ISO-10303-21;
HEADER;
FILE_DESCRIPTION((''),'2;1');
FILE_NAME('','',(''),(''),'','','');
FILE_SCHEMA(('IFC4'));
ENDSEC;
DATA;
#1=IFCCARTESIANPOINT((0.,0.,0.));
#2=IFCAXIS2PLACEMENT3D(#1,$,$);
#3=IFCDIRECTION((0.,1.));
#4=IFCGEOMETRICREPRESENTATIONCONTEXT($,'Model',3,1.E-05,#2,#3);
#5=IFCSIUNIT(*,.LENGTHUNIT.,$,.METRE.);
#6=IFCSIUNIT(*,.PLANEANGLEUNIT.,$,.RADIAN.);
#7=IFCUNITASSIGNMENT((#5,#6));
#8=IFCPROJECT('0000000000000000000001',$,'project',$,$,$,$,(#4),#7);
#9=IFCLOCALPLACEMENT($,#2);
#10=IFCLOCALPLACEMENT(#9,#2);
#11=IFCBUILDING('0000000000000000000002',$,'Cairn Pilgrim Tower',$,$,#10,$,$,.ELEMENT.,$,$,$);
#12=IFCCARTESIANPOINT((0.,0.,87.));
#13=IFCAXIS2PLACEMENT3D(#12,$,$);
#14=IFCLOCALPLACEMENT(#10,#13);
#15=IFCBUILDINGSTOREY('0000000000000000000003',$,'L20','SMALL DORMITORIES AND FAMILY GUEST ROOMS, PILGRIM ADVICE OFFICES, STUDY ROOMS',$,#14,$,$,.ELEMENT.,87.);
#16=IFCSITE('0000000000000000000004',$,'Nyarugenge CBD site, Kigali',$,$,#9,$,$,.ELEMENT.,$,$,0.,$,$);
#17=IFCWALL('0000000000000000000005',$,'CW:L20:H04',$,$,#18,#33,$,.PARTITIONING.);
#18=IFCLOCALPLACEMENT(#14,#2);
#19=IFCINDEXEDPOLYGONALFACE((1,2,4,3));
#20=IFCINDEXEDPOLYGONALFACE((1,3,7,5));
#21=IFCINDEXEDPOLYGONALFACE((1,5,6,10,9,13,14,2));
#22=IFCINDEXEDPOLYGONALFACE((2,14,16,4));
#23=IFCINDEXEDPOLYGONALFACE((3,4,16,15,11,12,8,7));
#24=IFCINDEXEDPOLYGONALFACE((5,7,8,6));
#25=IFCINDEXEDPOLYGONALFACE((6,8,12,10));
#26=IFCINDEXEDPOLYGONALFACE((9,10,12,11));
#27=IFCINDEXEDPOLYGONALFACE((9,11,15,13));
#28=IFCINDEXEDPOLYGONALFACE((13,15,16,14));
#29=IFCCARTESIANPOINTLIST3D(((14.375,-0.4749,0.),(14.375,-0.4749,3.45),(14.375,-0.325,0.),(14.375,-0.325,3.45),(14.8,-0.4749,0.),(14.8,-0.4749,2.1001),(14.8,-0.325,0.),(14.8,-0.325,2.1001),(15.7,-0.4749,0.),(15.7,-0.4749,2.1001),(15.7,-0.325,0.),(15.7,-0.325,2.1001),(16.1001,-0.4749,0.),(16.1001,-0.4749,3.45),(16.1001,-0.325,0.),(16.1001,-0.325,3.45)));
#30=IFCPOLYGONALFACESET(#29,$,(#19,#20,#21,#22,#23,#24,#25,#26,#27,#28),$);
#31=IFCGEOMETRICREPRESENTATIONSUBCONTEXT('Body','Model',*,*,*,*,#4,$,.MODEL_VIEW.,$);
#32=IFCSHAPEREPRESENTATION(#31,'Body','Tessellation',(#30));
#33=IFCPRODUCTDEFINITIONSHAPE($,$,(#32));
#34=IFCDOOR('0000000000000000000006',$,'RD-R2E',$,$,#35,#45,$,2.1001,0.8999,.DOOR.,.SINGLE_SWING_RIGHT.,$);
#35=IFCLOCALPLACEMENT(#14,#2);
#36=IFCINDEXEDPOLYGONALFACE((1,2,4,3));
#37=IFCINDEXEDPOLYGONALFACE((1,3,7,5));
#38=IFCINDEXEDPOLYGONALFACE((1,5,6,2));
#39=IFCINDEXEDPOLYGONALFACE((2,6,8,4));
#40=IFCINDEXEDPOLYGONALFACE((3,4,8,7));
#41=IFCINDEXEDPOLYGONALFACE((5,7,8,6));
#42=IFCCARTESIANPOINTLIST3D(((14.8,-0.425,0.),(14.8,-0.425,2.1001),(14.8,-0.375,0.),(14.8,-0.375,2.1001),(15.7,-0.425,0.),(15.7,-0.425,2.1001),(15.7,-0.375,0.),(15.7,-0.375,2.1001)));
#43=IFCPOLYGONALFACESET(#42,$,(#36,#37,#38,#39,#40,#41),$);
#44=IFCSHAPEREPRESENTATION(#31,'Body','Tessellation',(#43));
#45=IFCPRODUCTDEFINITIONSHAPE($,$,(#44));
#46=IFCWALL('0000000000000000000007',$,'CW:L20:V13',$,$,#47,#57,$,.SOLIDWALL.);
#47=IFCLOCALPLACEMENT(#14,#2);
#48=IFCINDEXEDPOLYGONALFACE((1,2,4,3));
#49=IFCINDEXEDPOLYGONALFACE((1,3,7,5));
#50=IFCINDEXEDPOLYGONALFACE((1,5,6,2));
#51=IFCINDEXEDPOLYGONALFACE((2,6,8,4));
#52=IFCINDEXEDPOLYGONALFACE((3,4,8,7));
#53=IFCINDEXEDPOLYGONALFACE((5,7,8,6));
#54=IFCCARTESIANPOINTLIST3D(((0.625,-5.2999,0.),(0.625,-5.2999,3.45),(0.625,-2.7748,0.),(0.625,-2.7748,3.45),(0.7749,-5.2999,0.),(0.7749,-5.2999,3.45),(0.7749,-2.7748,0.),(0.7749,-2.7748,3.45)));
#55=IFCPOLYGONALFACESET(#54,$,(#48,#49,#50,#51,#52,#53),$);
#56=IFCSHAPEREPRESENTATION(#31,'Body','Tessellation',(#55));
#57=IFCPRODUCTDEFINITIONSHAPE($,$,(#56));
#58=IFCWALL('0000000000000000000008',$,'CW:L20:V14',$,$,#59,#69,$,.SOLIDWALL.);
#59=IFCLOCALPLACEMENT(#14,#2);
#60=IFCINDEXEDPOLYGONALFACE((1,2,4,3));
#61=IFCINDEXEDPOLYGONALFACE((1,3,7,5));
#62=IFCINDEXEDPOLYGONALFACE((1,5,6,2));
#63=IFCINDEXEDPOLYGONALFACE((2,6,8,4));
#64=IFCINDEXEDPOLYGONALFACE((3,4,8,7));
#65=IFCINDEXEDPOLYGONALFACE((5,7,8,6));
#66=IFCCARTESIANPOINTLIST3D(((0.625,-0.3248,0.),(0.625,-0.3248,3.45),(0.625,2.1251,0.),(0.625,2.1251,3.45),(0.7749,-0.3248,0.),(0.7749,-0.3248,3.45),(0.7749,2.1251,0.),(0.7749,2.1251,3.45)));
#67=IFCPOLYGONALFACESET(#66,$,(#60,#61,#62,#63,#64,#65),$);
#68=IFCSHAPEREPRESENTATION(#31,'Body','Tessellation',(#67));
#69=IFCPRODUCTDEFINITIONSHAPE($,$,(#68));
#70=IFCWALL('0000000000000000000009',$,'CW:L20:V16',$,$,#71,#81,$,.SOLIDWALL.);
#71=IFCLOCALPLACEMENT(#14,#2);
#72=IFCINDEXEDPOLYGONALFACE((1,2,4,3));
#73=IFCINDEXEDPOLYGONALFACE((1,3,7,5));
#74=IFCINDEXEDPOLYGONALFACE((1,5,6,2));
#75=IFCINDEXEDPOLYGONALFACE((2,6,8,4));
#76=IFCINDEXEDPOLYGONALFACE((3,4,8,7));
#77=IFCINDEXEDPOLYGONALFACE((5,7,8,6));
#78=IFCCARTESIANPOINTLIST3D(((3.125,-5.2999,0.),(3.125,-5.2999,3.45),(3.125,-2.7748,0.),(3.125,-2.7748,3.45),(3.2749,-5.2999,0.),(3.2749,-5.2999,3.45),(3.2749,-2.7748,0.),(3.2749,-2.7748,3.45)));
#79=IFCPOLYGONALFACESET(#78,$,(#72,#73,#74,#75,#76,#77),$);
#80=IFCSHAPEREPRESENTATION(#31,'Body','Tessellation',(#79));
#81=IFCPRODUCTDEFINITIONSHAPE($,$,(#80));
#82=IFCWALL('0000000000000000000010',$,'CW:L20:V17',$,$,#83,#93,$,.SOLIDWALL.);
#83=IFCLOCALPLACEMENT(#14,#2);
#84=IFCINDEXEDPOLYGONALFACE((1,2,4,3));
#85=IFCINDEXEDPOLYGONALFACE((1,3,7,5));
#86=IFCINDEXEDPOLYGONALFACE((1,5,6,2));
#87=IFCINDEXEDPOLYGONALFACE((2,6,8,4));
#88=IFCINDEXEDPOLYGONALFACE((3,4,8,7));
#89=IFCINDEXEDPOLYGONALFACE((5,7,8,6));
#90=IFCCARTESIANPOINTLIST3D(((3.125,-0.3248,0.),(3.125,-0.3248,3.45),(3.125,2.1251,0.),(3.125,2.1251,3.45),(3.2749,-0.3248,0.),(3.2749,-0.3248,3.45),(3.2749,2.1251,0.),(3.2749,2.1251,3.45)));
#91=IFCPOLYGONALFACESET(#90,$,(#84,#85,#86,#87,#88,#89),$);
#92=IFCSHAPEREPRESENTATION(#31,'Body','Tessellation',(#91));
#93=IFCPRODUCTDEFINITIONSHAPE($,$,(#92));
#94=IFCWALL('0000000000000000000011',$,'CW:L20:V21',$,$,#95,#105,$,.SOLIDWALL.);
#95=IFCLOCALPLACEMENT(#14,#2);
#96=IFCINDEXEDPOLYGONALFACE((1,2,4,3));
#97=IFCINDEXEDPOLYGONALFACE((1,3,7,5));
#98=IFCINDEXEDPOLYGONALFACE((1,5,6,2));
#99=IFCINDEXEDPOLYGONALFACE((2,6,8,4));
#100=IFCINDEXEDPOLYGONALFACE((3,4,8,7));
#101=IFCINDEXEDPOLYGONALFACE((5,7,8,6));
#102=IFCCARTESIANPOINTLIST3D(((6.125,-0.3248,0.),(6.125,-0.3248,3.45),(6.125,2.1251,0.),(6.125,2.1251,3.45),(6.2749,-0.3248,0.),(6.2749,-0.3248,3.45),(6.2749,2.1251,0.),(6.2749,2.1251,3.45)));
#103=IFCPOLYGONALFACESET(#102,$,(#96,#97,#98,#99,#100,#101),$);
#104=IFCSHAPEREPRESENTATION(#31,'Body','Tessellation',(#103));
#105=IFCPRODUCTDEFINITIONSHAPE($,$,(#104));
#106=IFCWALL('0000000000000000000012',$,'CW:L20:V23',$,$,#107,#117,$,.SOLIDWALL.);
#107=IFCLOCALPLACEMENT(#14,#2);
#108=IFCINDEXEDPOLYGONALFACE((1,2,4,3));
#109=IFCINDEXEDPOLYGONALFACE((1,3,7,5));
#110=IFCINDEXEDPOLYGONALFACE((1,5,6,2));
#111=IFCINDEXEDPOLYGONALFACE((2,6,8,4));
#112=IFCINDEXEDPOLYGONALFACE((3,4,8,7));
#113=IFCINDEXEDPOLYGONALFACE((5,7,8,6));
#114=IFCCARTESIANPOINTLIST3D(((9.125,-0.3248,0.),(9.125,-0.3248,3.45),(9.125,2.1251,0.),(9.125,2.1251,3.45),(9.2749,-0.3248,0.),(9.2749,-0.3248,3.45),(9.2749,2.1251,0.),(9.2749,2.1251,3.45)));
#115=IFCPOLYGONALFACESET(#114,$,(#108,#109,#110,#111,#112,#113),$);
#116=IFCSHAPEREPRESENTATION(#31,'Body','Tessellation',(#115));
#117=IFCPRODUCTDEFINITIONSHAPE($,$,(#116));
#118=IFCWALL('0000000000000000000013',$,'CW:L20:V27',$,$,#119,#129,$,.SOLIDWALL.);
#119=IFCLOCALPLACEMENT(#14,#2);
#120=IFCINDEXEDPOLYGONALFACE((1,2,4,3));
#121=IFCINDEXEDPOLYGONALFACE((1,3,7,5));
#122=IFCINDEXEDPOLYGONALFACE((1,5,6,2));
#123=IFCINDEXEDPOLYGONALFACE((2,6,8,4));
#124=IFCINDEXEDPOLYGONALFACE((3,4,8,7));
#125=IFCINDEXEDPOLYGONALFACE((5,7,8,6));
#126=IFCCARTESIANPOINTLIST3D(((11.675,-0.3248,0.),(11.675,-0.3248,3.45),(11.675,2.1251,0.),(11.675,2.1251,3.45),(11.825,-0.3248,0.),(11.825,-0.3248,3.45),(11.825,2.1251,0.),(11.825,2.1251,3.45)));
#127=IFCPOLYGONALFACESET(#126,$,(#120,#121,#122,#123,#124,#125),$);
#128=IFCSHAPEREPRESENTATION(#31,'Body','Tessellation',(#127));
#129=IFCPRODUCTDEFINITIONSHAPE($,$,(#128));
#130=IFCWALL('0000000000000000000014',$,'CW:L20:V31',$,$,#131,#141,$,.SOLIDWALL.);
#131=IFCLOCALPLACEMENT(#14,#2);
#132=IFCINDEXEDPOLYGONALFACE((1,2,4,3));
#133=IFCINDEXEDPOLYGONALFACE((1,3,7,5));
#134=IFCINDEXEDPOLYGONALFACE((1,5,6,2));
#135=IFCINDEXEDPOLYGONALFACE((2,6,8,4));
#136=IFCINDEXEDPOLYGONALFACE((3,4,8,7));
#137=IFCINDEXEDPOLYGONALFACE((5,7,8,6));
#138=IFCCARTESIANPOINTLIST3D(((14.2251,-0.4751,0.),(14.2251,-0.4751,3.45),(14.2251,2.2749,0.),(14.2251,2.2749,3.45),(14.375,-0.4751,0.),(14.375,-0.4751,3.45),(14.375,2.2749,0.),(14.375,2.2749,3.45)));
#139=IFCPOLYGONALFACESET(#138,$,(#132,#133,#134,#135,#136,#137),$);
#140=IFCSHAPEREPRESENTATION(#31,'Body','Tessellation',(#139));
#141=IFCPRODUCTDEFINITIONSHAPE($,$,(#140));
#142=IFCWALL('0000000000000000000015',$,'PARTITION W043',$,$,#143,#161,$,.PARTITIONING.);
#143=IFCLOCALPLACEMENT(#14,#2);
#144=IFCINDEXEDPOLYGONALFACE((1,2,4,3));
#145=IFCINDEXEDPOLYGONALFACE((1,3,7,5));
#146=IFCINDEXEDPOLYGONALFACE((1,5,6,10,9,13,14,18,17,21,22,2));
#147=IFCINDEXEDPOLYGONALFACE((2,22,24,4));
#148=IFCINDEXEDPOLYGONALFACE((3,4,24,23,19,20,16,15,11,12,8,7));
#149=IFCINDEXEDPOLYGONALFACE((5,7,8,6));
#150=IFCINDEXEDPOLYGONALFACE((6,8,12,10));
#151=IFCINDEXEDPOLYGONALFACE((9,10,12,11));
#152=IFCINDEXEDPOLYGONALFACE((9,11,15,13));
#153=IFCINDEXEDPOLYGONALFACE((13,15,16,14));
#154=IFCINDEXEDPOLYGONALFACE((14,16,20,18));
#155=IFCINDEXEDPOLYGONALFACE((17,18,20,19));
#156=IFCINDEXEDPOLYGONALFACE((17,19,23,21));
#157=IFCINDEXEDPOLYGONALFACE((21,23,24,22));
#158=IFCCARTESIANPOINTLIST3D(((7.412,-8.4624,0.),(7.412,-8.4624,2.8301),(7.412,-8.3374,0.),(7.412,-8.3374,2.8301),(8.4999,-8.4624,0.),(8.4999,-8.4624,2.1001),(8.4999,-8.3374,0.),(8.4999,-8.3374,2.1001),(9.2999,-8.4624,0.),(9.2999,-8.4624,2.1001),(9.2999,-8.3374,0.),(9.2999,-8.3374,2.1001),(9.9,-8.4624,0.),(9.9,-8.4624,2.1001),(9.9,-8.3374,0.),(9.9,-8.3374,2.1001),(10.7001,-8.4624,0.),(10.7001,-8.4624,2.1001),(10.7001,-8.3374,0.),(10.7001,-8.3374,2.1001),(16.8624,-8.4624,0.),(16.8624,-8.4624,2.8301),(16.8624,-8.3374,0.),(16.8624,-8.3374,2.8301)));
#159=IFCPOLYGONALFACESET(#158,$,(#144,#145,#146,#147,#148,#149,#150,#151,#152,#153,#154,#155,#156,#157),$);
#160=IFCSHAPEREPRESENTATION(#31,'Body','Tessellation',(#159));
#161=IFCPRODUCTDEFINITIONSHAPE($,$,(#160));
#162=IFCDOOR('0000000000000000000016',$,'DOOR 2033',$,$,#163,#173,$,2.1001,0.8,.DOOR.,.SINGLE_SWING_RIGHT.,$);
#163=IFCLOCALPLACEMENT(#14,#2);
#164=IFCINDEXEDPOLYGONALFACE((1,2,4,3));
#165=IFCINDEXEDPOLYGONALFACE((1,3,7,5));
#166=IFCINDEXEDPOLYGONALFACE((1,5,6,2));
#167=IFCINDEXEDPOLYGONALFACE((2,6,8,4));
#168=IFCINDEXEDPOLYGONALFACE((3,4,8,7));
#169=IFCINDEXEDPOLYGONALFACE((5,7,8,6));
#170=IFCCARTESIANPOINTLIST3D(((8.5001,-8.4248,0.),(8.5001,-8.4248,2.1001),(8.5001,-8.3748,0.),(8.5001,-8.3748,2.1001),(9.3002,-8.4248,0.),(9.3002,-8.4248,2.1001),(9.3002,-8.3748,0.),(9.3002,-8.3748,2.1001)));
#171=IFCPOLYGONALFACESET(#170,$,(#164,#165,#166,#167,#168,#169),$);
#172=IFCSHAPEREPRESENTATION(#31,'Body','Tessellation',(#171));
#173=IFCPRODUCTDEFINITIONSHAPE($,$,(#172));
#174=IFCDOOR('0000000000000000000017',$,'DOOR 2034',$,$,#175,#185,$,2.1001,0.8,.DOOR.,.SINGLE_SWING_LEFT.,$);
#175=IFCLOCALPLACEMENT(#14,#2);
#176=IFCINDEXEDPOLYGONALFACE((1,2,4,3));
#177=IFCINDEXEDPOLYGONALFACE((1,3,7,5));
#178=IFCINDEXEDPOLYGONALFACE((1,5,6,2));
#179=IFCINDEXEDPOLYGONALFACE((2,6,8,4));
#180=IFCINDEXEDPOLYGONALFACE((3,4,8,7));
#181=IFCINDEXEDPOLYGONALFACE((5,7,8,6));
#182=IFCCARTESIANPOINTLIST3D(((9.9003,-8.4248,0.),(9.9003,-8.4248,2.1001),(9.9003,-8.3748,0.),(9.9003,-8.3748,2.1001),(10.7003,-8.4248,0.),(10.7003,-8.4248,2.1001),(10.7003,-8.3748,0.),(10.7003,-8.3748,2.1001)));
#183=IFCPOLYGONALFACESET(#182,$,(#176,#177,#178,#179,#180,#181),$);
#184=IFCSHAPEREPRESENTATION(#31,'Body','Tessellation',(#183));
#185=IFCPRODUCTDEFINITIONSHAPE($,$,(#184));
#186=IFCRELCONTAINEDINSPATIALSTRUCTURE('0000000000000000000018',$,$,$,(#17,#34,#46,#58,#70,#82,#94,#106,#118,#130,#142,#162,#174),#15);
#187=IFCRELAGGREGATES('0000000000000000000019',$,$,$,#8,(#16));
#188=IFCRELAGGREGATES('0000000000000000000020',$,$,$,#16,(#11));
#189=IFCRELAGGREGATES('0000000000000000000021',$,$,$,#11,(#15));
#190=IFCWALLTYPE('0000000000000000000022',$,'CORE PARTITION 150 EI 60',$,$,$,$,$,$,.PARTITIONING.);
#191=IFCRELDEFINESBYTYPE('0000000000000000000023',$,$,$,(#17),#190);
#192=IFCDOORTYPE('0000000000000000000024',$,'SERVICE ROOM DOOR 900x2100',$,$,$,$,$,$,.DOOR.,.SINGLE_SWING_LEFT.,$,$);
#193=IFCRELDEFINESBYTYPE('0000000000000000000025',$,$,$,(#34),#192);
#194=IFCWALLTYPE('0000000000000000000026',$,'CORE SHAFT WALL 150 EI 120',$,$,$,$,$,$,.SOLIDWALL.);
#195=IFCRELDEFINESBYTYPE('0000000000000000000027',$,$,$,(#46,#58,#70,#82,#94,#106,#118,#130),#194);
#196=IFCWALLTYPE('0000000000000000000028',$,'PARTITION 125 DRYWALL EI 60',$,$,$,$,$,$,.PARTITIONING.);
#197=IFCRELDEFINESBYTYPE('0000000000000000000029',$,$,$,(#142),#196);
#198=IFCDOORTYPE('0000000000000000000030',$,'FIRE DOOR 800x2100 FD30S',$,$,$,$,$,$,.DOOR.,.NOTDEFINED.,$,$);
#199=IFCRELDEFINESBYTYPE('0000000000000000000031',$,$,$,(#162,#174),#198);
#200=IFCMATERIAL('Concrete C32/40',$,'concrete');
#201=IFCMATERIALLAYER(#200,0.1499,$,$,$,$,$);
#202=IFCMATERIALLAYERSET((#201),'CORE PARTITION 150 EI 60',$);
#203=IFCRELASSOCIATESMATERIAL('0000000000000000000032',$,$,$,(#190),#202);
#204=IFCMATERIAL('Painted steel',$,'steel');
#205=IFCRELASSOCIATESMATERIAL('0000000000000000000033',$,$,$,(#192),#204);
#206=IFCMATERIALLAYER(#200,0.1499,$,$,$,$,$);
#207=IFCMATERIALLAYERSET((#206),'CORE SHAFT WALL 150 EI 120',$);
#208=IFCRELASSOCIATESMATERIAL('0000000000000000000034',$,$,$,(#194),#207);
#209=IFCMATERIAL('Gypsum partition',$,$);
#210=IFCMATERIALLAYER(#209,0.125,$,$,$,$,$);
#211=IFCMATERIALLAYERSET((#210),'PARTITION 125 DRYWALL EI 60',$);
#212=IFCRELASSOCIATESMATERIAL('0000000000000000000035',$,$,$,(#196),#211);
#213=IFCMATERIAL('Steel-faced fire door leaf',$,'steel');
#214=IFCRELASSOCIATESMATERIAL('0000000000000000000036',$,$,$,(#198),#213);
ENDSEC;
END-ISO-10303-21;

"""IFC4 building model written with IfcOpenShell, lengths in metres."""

from ifc_helpers import new_model, si_unit, direction, frame, frame_2d, origin, place, context, subcontext, project, spatial, rectangle, extrude, material, layer, layer_set, type_object, element, fill, save


model = new_model("IFC4")

# Units and contexts
model_context = context("Model", 3, precision=1e-05, world=origin(), true_north=direction((0.0, 1.0)))
body_context = subcontext(model_context, "Body", "Model", "MODEL_VIEW")
ifc_project = project(units=[si_unit("LENGTHUNIT", "METRE"), si_unit("PLANEANGLEUNIT", "RADIAN")], contexts=[model_context])

# Site, building, storey
site_placement = place(None, origin())
site = spatial("IfcSite", under=ifc_project, at=site_placement, Name="Nyarugenge CBD site, Kigali", CompositionType="ELEMENT", RefElevation=0.0)
building_placement = place(site_placement, origin())
building = spatial("IfcBuilding", under=site, at=building_placement, Name="Cairn Pilgrim Tower", CompositionType="ELEMENT")
storey_placement = place(building_placement, frame((0.0, 0.0, 87.0)))
storey = spatial("IfcBuildingStorey", under=building, at=storey_placement, Name="L20", Description="SMALL DORMITORIES AND FAMILY GUEST ROOMS, PILGRIM ADVICE OFFICES, STUDY ROOMS", CompositionType="ELEMENT", Elevation=87.0)

# Shared definitions
ifc_material_1 = material(Name="Concrete C32/40", Category="concrete")

# Wall, opening, door
ifc_layer_1 = layer(ifc_material_1, 0.1499)
ifc_layer_set_1 = layer_set([ifc_layer_1], Name="CORE PARTITION 150 EI 60")
wall_type_1 = type_object("IfcWallType", Name="CORE PARTITION 150 EI 60", PredefinedType="PARTITIONING", material=ifc_layer_set_1)
wall_1_placement = place(storey_placement, frame((14.375, -0.3999, 0.0), z_axis=(0.0, 0.0, 1.0), x_axis=(1.0, 0.0, 0.0)))
wall_1 = element("IfcWall", 1, at=wall_1_placement, inside=storey, type_object=wall_type_1, Name="CW:L20:H04", PredefinedType="PARTITIONING", context=body_context, shape_type="SweptSolid", body=[
    extrude(rectangle(XDim=1.7251, YDim=0.1499, at=frame_2d((0.8625, 0.0))), origin(), (0.0, 0.0, 1.0), 3.45),
])
opening_1_placement = place(wall_1_placement, frame((0.425, 0.0, 0.0)))
opening_1 = element("IfcOpeningElement", 2, at=opening_1_placement, cuts=wall_1, PredefinedType="OPENING", context=body_context, shape_type="SweptSolid", body=[
    extrude(rectangle(XDim=0.8999, YDim=2.1001, at=frame_2d((0.45, 1.05))), frame((0.0, 0.085, 0.0), z_axis=(0.0, -1.0, 0.0), x_axis=(1.0, 0.0, 0.0)), (0.0, 0.0, 1.0), 0.1699),
])
ifc_material_2 = material(Name="Painted steel", Category="steel")
door_type_1 = type_object("IfcDoorType", Name="SERVICE ROOM DOOR 900x2100", OperationType="SINGLE_SWING_LEFT", PredefinedType="DOOR", material=ifc_material_2)
door_1_placement = place(opening_1_placement, origin())
door_1 = element("IfcDoor", 3, at=door_1_placement, inside=storey, type_object=door_type_1, Name="RD-R2E", OperationType="SINGLE_SWING_RIGHT", OverallHeight=2.1001, OverallWidth=0.8999, PredefinedType="DOOR", context=body_context, shape_type="SweptSolid", body=[
    extrude(rectangle(XDim=0.8999, YDim=2.1001, at=frame_2d((0.45, 1.05))), frame((0.0, 0.0249, 0.0), z_axis=(0.0, -1.0, 0.0), x_axis=(1.0, 0.0, 0.0)), (0.0, 0.0, 1.0), 0.05),
])
fill(opening_1, door_1)

# Walls
ifc_layer_2 = layer(ifc_material_1, 0.1499)
ifc_layer_set_2 = layer_set([ifc_layer_2], Name="CORE SHAFT WALL 150 EI 120")
wall_type_2 = type_object("IfcWallType", Name="CORE SHAFT WALL 150 EI 120", PredefinedType="SOLIDWALL", material=ifc_layer_set_2)
wall_2_placement = place(storey_placement, frame((0.7, -5.3, 0.0), z_axis=(0.0, 0.0, 1.0), x_axis=(0.0, 1.0, 0.0)))
element("IfcWall", 4, at=wall_2_placement, inside=storey, type_object=wall_type_2, Name="CW:L20:V13", PredefinedType="SOLIDWALL", context=body_context, shape_type="SweptSolid", body=[
    extrude(rectangle(XDim=2.5251, YDim=0.1499, at=frame_2d((1.2627, 0.0))), origin(), (0.0, 0.0, 1.0), 3.45),
])
wall_3_placement = place(storey_placement, frame((0.7, -0.325, 0.0), z_axis=(0.0, 0.0, 1.0), x_axis=(0.0, 1.0, 0.0)))
element("IfcWall", 5, at=wall_3_placement, inside=storey, type_object=wall_type_2, Name="CW:L20:V14", PredefinedType="SOLIDWALL", context=body_context, shape_type="SweptSolid", body=[
    extrude(rectangle(XDim=2.45, YDim=0.1499, at=frame_2d((1.2251, 0.0))), origin(), (0.0, 0.0, 1.0), 3.45),
])
wall_4_placement = place(storey_placement, frame((3.2, -5.3, 0.0), z_axis=(0.0, 0.0, 1.0), x_axis=(0.0, 1.0, 0.0)))
element("IfcWall", 6, at=wall_4_placement, inside=storey, type_object=wall_type_2, Name="CW:L20:V16", PredefinedType="SOLIDWALL", context=body_context, shape_type="SweptSolid", body=[
    extrude(rectangle(XDim=2.5251, YDim=0.1499, at=frame_2d((1.2627, 0.0))), origin(), (0.0, 0.0, 1.0), 3.45),
])
for number, where, z_axis, x_axis, name in (
    (7, (3.2, -0.325, 0.0), (0.0, 0.0, 1.0), (0.0, 1.0, 0.0), "CW:L20:V17"),
    (8, (6.2, -0.325, 0.0), (0.0, 0.0, 1.0), (0.0, 1.0, 0.0), "CW:L20:V21"),
    (9, (9.2, -0.325, 0.0), (0.0, 0.0, 1.0), (0.0, 1.0, 0.0), "CW:L20:V23"),
    (10, (11.75, -0.325, 0.0), (0.0, 0.0, 1.0), (0.0, 1.0, 0.0), "CW:L20:V27"),
):
    element("IfcWall", number, at=place(storey_placement, frame(where, z_axis=z_axis, x_axis=x_axis)), inside=storey, type_object=wall_type_2, Name=name, PredefinedType="SOLIDWALL", context=body_context, shape_type="SweptSolid", body=[
        extrude(rectangle(XDim=2.45, YDim=0.1499, at=frame_2d((1.2251, 0.0))), origin(), (0.0, 0.0, 1.0), 3.45),
    ])
wall_5_placement = place(storey_placement, frame((14.3, -0.4751, 0.0), z_axis=(0.0, 0.0, 1.0), x_axis=(0.0, 1.0, 0.0)))
element("IfcWall", 11, at=wall_5_placement, inside=storey, type_object=wall_type_2, Name="CW:L20:V31", PredefinedType="SOLIDWALL", context=body_context, shape_type="SweptSolid", body=[
    extrude(rectangle(XDim=2.75, YDim=0.1499, at=frame_2d((1.375, 0.0))), origin(), (0.0, 0.0, 1.0), 3.45),
])

# Wall, openings, doors
ifc_material_3 = material(Name="Gypsum partition")
ifc_layer_3 = layer(ifc_material_3, 0.125)
ifc_layer_set_3 = layer_set([ifc_layer_3], Name="PARTITION 125 DRYWALL EI 60")
wall_type_3 = type_object("IfcWallType", Name="PARTITION 125 DRYWALL EI 60", PredefinedType="PARTITIONING", material=ifc_layer_set_3)
wall_6_placement = place(storey_placement, frame((7.4121, -8.3999, 0.0), z_axis=(0.0, 0.0, 1.0), x_axis=(1.0, 0.0, 0.0)))
wall_6 = element("IfcWall", 12, at=wall_6_placement, inside=storey, type_object=wall_type_3, Name="PARTITION W043", PredefinedType="PARTITIONING", context=body_context, shape_type="SweptSolid", body=[
    extrude(rectangle(XDim=9.4504, YDim=0.125, at=frame_2d((4.7251, 0.0))), origin(), (0.0, 0.0, 1.0), 2.8301),
])
opening_2_placement = place(wall_6_placement, frame((1.0879, 0.0, 0.0)))
opening_2 = element("IfcOpeningElement", 13, at=opening_2_placement, cuts=wall_6, PredefinedType="OPENING", context=body_context, shape_type="SweptSolid", body=[
    extrude(rectangle(XDim=0.8, YDim=2.1001, at=frame_2d((0.3999, 1.05))), frame((0.0, 0.0725, 0.0), z_axis=(0.0, -1.0, 0.0), x_axis=(1.0, 0.0, 0.0)), (0.0, 0.0, 1.0), 0.145),
])
opening_3_placement = place(wall_6_placement, frame((2.488, 0.0, 0.0)))
opening_3 = element("IfcOpeningElement", 14, at=opening_3_placement, cuts=wall_6, PredefinedType="OPENING", context=body_context, shape_type="SweptSolid", body=[
    extrude(rectangle(XDim=0.8, YDim=2.1001, at=frame_2d((0.3999, 1.05))), frame((0.0, 0.0725, 0.0), z_axis=(0.0, -1.0, 0.0), x_axis=(1.0, 0.0, 0.0)), (0.0, 0.0, 1.0), 0.145),
])
ifc_material_4 = material(Name="Steel-faced fire door leaf", Category="steel")
door_type_2 = type_object("IfcDoorType", Name="FIRE DOOR 800x2100 FD30S", OperationType="NOTDEFINED", PredefinedType="DOOR", material=ifc_material_4)
door_2_placement = place(opening_2_placement, frame((0.8, 0.0, 0.0), z_axis=(0.0, 0.0, 1.0), x_axis=(-1.0, 0.0, 0.0)))
door_2 = element("IfcDoor", 15, at=door_2_placement, inside=storey, type_object=door_type_2, Name="DOOR 2033", OperationType="SINGLE_SWING_RIGHT", OverallHeight=2.1001, OverallWidth=0.8, PredefinedType="DOOR", context=body_context, shape_type="SweptSolid", body=[
    extrude(rectangle(XDim=0.8, YDim=2.1001, at=frame_2d((0.3999, 1.05))), frame((0.0, 0.0249, 0.0), z_axis=(0.0, -1.0, 0.0), x_axis=(1.0, 0.0, 0.0)), (0.0, 0.0, 1.0), 0.05),
])
fill(opening_2, door_2)
door_3_placement = place(opening_3_placement, frame((0.8, 0.0, 0.0), z_axis=(0.0, 0.0, 1.0), x_axis=(-1.0, 0.0, 0.0)))
door_3 = element("IfcDoor", 16, at=door_3_placement, inside=storey, type_object=door_type_2, Name="DOOR 2034", OperationType="SINGLE_SWING_LEFT", OverallHeight=2.1001, OverallWidth=0.8, PredefinedType="DOOR", context=body_context, shape_type="SweptSolid", body=[
    extrude(rectangle(XDim=0.8, YDim=2.1001, at=frame_2d((0.3999, 1.05))), frame((0.0, 0.0249, 0.0), z_axis=(0.0, -1.0, 0.0), x_axis=(1.0, 0.0, 0.0)), (0.0, 0.0, 1.0), 0.05),
])
fill(opening_3, door_3)

save(model, "model.ifc")
